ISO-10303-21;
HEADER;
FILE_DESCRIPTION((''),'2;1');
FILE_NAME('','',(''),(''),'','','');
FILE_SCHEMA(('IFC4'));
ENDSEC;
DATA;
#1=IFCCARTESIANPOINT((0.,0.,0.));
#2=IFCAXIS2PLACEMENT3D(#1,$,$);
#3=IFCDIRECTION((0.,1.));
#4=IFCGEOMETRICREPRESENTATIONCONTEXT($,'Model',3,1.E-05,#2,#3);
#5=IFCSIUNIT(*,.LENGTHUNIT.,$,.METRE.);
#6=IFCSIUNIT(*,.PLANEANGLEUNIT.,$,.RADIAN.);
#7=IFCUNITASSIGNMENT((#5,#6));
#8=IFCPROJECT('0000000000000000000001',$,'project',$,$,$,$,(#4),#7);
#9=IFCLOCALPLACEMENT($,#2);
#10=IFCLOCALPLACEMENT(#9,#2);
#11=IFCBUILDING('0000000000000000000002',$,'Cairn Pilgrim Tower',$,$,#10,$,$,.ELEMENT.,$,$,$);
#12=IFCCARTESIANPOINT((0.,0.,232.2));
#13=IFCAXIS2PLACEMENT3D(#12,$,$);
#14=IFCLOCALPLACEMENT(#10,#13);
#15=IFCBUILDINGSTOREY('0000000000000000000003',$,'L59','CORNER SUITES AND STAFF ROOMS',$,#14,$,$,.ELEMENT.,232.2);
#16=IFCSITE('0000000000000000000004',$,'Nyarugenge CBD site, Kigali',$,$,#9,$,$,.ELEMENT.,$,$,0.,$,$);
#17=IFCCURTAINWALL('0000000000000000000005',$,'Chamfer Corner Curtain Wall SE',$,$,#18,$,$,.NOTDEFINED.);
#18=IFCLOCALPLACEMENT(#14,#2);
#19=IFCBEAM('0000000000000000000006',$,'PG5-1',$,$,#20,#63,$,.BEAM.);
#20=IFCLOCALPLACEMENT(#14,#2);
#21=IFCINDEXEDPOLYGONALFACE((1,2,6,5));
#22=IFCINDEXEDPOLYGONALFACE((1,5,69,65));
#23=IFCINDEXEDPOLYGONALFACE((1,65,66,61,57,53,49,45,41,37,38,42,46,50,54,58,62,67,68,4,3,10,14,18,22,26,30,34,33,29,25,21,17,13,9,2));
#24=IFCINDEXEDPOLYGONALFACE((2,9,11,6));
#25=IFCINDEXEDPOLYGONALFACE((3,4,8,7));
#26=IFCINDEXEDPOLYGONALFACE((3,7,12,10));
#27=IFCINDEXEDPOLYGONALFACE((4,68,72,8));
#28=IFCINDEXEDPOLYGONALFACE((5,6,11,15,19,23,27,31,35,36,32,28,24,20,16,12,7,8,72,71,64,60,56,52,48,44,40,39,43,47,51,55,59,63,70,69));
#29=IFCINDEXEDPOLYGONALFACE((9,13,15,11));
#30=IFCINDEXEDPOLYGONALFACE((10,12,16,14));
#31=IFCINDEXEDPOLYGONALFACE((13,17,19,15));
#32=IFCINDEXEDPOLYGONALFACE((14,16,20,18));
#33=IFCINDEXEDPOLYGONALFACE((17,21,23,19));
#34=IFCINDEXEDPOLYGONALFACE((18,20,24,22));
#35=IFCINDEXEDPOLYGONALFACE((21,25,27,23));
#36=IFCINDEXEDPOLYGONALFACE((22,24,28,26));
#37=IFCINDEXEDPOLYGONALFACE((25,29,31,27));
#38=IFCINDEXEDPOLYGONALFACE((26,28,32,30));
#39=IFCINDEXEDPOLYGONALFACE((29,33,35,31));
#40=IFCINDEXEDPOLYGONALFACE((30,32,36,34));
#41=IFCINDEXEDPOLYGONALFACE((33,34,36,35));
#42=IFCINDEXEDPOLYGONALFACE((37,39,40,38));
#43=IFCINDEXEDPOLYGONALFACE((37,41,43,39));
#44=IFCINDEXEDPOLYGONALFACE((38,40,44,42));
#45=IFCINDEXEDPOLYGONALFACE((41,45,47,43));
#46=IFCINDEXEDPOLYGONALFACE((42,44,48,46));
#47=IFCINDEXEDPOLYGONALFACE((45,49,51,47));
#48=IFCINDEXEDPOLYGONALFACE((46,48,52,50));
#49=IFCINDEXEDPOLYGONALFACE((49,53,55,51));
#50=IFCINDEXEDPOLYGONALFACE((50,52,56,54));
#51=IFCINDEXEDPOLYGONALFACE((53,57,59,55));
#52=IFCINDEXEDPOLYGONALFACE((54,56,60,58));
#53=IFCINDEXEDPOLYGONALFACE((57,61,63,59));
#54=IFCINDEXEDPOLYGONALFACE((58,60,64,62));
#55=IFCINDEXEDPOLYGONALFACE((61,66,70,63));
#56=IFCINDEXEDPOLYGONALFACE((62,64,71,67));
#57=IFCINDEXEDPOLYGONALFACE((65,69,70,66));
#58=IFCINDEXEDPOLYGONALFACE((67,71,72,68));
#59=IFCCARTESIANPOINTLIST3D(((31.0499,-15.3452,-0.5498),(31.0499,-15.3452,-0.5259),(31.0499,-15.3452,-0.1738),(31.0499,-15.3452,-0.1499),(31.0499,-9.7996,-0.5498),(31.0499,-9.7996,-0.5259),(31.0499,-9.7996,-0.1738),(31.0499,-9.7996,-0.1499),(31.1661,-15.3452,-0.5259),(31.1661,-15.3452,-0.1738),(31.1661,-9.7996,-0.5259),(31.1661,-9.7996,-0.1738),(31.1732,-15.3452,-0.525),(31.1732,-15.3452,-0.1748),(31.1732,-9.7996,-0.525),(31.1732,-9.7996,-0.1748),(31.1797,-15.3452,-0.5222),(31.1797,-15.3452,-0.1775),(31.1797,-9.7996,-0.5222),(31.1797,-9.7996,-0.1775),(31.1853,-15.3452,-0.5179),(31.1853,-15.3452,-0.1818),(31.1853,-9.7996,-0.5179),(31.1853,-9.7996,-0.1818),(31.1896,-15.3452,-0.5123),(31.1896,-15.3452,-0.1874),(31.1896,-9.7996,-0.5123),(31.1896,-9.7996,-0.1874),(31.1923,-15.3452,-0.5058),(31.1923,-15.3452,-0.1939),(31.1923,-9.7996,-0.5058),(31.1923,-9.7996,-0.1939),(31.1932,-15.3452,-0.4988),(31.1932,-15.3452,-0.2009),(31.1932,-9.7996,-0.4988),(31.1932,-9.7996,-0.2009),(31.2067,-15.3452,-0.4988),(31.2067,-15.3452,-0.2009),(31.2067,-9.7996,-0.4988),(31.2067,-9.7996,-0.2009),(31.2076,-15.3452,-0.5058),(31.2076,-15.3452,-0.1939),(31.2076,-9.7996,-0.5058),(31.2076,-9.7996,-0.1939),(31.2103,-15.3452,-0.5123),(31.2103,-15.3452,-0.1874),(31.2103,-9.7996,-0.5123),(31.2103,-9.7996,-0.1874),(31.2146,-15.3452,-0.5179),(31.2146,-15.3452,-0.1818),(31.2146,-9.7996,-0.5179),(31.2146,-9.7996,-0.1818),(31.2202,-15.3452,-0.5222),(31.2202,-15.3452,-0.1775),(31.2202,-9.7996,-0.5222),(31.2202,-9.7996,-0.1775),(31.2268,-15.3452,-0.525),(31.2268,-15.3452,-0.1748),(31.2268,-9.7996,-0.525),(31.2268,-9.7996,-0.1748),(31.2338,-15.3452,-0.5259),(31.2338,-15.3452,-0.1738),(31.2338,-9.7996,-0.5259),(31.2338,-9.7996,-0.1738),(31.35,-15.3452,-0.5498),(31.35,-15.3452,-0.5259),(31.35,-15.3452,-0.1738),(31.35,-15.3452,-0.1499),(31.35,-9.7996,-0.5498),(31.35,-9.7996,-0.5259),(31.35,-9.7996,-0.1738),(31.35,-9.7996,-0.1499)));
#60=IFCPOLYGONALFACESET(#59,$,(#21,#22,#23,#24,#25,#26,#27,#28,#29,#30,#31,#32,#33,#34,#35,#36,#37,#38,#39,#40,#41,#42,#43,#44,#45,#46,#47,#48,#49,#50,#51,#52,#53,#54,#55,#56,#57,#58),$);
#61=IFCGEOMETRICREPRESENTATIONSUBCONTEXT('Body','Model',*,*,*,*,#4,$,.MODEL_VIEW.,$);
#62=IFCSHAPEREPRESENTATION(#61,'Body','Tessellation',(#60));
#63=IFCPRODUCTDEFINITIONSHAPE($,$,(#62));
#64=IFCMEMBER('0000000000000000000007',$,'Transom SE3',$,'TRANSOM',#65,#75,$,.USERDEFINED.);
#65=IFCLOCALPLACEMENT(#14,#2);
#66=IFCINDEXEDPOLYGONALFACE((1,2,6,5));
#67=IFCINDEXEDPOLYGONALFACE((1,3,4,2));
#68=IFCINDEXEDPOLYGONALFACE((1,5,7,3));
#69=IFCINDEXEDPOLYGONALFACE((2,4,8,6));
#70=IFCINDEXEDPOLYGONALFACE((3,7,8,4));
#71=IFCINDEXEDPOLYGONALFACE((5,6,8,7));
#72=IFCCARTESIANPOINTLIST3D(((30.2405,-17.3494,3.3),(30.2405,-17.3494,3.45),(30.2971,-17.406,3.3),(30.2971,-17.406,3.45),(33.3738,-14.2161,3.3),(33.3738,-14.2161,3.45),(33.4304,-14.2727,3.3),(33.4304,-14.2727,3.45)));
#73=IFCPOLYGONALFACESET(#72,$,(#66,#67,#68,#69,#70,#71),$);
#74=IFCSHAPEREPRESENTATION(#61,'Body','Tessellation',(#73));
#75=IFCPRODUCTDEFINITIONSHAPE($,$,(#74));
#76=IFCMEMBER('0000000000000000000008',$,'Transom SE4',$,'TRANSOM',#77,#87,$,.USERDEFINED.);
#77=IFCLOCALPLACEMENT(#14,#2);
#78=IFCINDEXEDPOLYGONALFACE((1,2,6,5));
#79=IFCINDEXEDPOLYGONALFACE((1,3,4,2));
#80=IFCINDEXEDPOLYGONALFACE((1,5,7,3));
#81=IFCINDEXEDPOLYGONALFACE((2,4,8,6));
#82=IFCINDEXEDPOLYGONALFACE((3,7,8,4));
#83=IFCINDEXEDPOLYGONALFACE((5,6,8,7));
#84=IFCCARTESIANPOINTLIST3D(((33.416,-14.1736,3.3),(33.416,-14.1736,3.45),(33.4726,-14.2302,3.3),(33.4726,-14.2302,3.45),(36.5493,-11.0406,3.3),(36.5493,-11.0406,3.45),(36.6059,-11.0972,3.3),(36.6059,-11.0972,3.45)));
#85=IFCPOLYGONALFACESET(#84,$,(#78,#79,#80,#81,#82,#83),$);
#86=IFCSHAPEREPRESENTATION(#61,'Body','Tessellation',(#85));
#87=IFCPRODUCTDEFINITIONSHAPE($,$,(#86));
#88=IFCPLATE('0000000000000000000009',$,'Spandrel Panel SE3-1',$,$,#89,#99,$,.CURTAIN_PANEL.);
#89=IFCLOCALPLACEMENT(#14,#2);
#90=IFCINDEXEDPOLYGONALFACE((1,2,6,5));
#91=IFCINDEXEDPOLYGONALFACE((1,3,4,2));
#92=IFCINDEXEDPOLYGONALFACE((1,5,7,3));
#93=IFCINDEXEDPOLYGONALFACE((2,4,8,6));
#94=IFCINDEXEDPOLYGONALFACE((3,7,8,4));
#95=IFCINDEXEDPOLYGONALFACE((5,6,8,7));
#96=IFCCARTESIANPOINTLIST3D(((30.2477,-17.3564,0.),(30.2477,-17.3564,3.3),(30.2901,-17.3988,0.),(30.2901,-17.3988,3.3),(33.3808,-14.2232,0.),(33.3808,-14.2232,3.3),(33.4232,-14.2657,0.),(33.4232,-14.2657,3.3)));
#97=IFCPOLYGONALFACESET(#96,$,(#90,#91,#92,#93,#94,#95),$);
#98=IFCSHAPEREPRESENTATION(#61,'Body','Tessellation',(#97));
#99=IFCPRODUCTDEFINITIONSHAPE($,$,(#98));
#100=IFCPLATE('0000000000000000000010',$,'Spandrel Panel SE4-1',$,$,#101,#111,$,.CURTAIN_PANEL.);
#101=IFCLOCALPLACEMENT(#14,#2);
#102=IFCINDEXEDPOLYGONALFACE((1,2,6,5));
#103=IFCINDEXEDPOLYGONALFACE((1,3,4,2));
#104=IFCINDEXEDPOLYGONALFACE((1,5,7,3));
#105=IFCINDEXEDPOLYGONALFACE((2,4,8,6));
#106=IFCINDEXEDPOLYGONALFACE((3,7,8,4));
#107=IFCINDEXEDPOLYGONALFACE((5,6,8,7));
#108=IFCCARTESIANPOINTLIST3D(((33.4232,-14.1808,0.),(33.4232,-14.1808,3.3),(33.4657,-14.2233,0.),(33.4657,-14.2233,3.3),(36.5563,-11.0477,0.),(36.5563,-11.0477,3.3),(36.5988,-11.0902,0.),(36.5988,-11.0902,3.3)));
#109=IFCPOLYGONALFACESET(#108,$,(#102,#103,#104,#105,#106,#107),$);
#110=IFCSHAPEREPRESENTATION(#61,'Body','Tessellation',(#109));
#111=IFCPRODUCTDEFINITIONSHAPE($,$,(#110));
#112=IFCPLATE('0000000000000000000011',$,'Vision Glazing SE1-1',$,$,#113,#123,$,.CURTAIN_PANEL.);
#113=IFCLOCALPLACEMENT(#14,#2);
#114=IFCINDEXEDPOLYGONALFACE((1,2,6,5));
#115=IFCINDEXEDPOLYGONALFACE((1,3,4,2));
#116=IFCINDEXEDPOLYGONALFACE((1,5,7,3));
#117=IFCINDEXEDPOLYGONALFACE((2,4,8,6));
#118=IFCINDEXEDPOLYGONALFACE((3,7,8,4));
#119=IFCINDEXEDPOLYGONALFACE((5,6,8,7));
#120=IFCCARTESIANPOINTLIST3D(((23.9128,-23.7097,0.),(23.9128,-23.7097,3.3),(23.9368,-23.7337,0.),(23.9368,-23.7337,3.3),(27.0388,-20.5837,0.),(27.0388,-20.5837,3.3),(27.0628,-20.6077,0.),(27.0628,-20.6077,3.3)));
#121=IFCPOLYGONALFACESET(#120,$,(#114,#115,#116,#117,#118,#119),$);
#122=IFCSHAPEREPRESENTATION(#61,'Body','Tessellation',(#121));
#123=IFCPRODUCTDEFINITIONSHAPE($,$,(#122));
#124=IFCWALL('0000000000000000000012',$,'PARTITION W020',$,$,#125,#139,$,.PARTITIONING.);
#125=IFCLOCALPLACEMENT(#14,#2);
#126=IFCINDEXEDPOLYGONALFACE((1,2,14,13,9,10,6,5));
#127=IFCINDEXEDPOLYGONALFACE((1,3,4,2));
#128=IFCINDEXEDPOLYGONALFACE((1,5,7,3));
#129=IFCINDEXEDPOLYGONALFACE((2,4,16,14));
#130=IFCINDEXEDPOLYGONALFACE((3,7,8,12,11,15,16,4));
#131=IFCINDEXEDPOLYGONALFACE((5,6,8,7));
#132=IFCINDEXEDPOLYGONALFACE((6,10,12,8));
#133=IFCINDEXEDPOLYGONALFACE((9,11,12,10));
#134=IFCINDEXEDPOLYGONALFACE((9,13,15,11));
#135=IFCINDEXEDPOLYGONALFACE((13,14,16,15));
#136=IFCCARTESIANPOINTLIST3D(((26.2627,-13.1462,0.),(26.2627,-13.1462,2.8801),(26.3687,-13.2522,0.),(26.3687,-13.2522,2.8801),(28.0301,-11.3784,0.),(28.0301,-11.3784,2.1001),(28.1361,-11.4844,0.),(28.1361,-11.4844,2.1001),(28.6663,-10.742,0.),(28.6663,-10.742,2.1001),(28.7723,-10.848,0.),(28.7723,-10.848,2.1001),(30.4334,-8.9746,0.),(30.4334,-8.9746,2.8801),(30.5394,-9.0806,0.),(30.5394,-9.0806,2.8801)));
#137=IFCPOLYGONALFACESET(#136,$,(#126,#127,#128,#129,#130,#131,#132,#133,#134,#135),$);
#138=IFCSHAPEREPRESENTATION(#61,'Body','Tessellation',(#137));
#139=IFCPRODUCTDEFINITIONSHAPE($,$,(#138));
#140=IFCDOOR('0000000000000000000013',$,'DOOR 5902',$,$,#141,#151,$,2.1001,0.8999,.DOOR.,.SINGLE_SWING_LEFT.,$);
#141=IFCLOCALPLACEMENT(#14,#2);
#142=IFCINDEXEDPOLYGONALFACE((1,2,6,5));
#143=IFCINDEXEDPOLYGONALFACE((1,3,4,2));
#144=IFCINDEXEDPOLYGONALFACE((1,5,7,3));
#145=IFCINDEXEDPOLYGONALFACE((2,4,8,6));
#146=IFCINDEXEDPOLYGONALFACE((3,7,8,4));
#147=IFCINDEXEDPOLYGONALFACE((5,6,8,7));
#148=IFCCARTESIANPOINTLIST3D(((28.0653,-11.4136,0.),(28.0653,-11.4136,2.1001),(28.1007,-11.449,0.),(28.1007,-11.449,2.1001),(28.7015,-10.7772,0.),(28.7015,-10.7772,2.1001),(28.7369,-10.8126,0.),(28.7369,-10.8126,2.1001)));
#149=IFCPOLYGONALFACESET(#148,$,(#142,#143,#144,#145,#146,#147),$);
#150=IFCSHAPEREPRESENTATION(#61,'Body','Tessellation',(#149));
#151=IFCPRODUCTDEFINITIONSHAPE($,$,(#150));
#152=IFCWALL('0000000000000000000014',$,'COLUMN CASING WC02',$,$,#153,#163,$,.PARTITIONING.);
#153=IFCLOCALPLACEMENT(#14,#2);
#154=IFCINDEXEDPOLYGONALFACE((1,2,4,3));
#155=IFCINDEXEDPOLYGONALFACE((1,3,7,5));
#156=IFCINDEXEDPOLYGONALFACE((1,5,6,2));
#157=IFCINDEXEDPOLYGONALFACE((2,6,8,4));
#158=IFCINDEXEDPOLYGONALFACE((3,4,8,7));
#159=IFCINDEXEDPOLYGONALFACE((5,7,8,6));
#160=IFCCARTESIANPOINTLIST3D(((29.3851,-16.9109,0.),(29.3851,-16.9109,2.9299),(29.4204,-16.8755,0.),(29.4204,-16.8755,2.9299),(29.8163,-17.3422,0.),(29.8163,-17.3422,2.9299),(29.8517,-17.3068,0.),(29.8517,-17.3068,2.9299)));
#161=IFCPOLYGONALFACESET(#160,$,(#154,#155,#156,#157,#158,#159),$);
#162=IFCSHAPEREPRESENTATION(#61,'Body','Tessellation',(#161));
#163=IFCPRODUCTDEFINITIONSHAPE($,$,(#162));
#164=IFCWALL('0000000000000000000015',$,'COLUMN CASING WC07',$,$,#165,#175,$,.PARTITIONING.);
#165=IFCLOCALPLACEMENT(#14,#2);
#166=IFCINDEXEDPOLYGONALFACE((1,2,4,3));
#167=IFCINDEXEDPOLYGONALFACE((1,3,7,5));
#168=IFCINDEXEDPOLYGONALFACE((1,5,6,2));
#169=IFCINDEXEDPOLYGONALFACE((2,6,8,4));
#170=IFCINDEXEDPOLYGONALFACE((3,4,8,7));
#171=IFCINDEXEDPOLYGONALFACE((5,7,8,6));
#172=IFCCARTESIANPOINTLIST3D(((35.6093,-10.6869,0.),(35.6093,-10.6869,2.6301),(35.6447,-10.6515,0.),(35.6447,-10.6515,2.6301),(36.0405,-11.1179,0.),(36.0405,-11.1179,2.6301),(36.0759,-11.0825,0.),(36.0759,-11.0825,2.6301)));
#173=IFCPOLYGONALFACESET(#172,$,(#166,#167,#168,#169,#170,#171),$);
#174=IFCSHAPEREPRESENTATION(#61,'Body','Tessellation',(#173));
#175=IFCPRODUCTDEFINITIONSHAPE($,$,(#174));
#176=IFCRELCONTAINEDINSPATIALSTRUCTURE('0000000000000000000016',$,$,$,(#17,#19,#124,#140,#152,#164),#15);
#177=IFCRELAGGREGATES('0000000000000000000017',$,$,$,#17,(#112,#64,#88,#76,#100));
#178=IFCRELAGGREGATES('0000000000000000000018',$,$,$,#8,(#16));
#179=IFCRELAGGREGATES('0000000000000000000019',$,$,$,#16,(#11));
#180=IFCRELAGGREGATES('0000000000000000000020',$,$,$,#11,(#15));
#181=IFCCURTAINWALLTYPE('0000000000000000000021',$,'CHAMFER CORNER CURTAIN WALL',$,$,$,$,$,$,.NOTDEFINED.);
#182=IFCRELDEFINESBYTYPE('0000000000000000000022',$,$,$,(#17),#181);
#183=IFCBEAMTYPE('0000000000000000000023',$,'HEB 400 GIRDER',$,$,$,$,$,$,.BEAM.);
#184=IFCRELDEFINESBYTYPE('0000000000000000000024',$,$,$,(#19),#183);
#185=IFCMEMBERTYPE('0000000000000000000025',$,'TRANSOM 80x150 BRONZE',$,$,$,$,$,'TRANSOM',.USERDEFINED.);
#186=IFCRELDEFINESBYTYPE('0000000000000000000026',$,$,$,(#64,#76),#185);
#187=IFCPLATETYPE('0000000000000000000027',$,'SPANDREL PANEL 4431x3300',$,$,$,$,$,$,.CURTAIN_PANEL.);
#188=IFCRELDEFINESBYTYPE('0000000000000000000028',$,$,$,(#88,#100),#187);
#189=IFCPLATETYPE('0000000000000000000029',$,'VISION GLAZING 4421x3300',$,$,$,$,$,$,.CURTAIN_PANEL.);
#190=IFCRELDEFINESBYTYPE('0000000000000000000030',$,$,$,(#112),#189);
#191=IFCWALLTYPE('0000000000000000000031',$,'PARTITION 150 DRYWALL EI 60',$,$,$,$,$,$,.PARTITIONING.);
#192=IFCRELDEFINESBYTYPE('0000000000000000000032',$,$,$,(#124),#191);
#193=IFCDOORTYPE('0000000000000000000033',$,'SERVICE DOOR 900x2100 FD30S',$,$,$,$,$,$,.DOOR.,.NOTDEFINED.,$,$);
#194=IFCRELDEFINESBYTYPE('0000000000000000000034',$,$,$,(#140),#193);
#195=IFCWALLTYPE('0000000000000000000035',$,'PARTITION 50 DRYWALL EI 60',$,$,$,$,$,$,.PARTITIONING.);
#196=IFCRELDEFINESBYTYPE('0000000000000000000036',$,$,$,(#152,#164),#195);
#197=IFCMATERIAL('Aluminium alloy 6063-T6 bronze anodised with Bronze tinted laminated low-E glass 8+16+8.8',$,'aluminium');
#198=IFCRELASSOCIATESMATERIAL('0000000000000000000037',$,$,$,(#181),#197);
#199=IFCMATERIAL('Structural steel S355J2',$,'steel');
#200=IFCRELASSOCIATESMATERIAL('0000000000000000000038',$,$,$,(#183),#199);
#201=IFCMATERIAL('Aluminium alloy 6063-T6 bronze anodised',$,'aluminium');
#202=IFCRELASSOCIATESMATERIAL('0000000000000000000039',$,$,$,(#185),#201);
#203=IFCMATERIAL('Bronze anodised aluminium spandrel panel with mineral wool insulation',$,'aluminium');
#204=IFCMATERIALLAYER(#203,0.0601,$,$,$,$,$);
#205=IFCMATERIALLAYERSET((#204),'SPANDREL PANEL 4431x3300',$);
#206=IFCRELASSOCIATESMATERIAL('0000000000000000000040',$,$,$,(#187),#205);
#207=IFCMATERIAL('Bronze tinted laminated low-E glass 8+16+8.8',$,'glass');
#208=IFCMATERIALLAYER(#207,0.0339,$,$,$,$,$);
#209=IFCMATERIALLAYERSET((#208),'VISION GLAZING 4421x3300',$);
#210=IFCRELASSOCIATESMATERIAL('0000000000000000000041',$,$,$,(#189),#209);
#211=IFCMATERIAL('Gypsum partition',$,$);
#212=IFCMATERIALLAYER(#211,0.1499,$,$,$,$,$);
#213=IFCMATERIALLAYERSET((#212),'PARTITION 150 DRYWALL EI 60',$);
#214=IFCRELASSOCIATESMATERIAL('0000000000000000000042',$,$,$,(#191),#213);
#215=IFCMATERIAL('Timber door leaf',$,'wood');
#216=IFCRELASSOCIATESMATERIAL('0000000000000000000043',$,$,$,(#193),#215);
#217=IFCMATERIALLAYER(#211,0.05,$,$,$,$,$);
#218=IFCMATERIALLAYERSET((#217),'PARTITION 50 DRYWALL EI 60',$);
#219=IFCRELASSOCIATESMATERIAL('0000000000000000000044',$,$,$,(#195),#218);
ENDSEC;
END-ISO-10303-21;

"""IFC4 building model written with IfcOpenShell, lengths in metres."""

from ifc_helpers import new_model, si_unit, direction, frame, frame_2d, origin, origin_2d, place, context, subcontext, project, spatial, rectangle, i_section, extrude, material, layer, layer_set, material_profile, profile_set, type_object, element, fill, aggregate, save


model = new_model("IFC4")

# Units and contexts
model_context = context("Model", 3, precision=1e-05, world=origin(), true_north=direction((0.0, 1.0)))
body_context = subcontext(model_context, "Body", "Model", "MODEL_VIEW")
ifc_project = project(units=[si_unit("LENGTHUNIT", "METRE"), si_unit("PLANEANGLEUNIT", "RADIAN")], contexts=[model_context])

# Site, building, storey
site_placement = place(None, origin())
site = spatial("IfcSite", under=ifc_project, at=site_placement, Name="Nyarugenge CBD site, Kigali", CompositionType="ELEMENT", RefElevation=0.0)
building_placement = place(site_placement, origin())
building = spatial("IfcBuilding", under=site, at=building_placement, Name="Cairn Pilgrim Tower", CompositionType="ELEMENT")
storey_placement = place(building_placement, frame((0.0, 0.0, 232.2)))
storey = spatial("IfcBuildingStorey", under=building, at=storey_placement, Name="L59", Description="CORNER SUITES AND STAFF ROOMS", CompositionType="ELEMENT", Elevation=232.2)

# Shared definitions
ifc_material_1 = material(Name="Structural steel S355J2", Category="steel")

# Curtain wall
ifc_material_2 = material(Name="Aluminium alloy 6063-T6 bronze anodised with Bronze tinted laminated low-E glass 8+16+8.8", Category="aluminium")
curtain_wall_type = type_object("IfcCurtainWallType", Name="CHAMFER CORNER CURTAIN WALL", PredefinedType="NOTDEFINED", material=ifc_material_2)
curtain_wall_placement = place(storey_placement, origin())
curtain_wall = element("IfcCurtainWall", 1, at=curtain_wall_placement, inside=storey, type_object=curtain_wall_type, Name="Chamfer Corner Curtain Wall SE", PredefinedType="NOTDEFINED")
ifc_material_3 = material(Name="Aluminium alloy 6063-T6 bronze anodised", Category="aluminium")

# Beam
ifc_material_profile_1 = material_profile(ifc_material_1, i_section(OverallWidth=0.3, OverallDepth=0.3999, WebThickness=0.0134, FlangeThickness=0.0239, FilletRadius=0.0271, at=origin_2d()), Name="HEB 400")
ifc_profile_set_1 = profile_set([ifc_material_profile_1], Name="Structural steel S355J2")
beam_type_1 = type_object("IfcBeamType", Name="HEB 400 GIRDER", PredefinedType="BEAM", material=ifc_profile_set_1)
beam_1_placement = place(storey_placement, frame((31.2, -15.3452, -0.3499), z_axis=(0.0, 1.0, 0.0), x_axis=(-1.0, 0.0, 0.0)))
element("IfcBeam", 2, at=beam_1_placement, inside=storey, type_object=beam_type_1, Name="PG5-1", PredefinedType="BEAM", context=body_context, shape_type="SweptSolid", body=[
    extrude(i_section(OverallWidth=0.3, OverallDepth=0.3999, WebThickness=0.0134, FlangeThickness=0.0239, FilletRadius=0.0271, at=origin_2d()), origin(), (0.0, 0.0, 1.0), 5.5457),
])

# Members
ifc_material_profile_2 = material_profile(ifc_material_3, rectangle(XDim=0.0801, YDim=0.1499, at=origin_2d()), Name="TRANSOM 80x150 BRONZE")
ifc_profile_set_2 = profile_set([ifc_material_profile_2], Name="Aluminium alloy 6063-T6 bronze anodised")
member_type_1 = type_object("IfcMemberType", Name="TRANSOM 80x150 BRONZE", ElementType="TRANSOM", PredefinedType="USERDEFINED", material=ifc_profile_set_2)
member_1_placement = place(storey_placement, frame((30.2688, -17.3777, 3.375), z_axis=(0.707107, 0.707107, 0.0), x_axis=(-0.707107, 0.707107, 0.0)))
member_1 = element("IfcMember", 3, at=member_1_placement, type_object=member_type_1, Name="Transom SE3", ObjectType="TRANSOM", PredefinedType="USERDEFINED", context=body_context, shape_type="SweptSolid", body=[
    extrude(rectangle(XDim=0.0801, YDim=0.1499, at=origin_2d()), origin(), (0.0, 0.0, 1.0), 4.4312),
])
member_2_placement = place(storey_placement, frame((33.4443, -14.2019, 3.375), z_axis=(0.707134, 0.707079, 0.0), x_axis=(-0.707079, 0.707134, 0.0)))
member_2 = element("IfcMember", 4, at=member_2_placement, type_object=member_type_1, Name="Transom SE4", ObjectType="TRANSOM", PredefinedType="USERDEFINED", context=body_context, shape_type="SweptSolid", body=[
    extrude(rectangle(XDim=0.0801, YDim=0.1499, at=origin_2d()), origin(), (0.0, 0.0, 1.0), 4.4309),
])

# Plates
ifc_material_4 = material(Name="Bronze anodised aluminium spandrel panel with mineral wool insulation", Category="aluminium")
ifc_layer_1 = layer(ifc_material_4, 0.0601)
ifc_layer_set_1 = layer_set([ifc_layer_1], Name="SPANDREL PANEL 4431x3300")
plate_type_1 = type_object("IfcPlateType", Name="SPANDREL PANEL 4431x3300", PredefinedType="CURTAIN_PANEL", material=ifc_layer_set_1)
plate_1_placement = place(storey_placement, frame((31.8354, -15.811, 0.0), z_axis=(0.0, 0.0, 1.0), x_axis=(0.707107, 0.707107, 0.0)))
plate_1 = element("IfcPlate", 5, at=plate_1_placement, type_object=plate_type_1, Name="Spandrel Panel SE3-1", PredefinedType="CURTAIN_PANEL", context=body_context, shape_type="SweptSolid", body=[
    extrude(rectangle(XDim=4.4309, YDim=0.0601, at=origin_2d()), origin(), (0.0, 0.0, 1.0), 3.3),
])
plate_2_placement = place(storey_placement, frame((35.011, -12.6355, 0.0), z_axis=(0.0, 0.0, 1.0), x_axis=(0.707107, 0.707107, 0.0)))
plate_2 = element("IfcPlate", 6, at=plate_2_placement, type_object=plate_type_1, Name="Spandrel Panel SE4-1", PredefinedType="CURTAIN_PANEL", context=body_context, shape_type="SweptSolid", body=[
    extrude(rectangle(XDim=4.4309, YDim=0.0601, at=origin_2d()), origin(), (0.0, 0.0, 1.0), 3.3),
])
ifc_material_5 = material(Name="Bronze tinted laminated low-E glass 8+16+8.8", Category="glass")
ifc_layer_2 = layer(ifc_material_5, 0.0339)
ifc_layer_set_2 = layer_set([ifc_layer_2], Name="VISION GLAZING 4421x3300")
plate_type_2 = type_object("IfcPlateType", Name="VISION GLAZING 4421x3300", PredefinedType="CURTAIN_PANEL", material=ifc_layer_set_2)
plate_3_placement = place(storey_placement, frame((25.4878, -22.1587, 0.0), z_axis=(0.0, 0.0, 1.0), x_axis=(0.707107, 0.707107, 0.0)))
plate_3 = element("IfcPlate", 7, at=plate_3_placement, type_object=plate_type_2, Name="Vision Glazing SE1-1", PredefinedType="CURTAIN_PANEL", context=body_context, shape_type="SweptSolid", body=[
    extrude(rectangle(XDim=4.4209, YDim=0.0339, at=origin_2d()), origin(), (0.0, 0.0, 1.0), 3.3),
])
aggregate(curtain_wall, [plate_3, member_1, plate_1, member_2, plate_2])

# Wall, opening, door
ifc_material_6 = material(Name="Gypsum partition")
ifc_layer_3 = layer(ifc_material_6, 0.1499)
ifc_layer_set_3 = layer_set([ifc_layer_3], Name="PARTITION 150 DRYWALL EI 60")
wall_type_1 = type_object("IfcWallType", Name="PARTITION 150 DRYWALL EI 60", PredefinedType="PARTITIONING", material=ifc_layer_set_3)
wall_1_placement = place(storey_placement, frame((26.3157, -13.1992, 0.0), z_axis=(0.0, 0.0, 1.0), x_axis=(0.707024, 0.70719, 0.0)))
wall_1 = element("IfcWall", 8, at=wall_1_placement, inside=storey, type_object=wall_type_1, Name="PARTITION W020", PredefinedType="PARTITIONING", context=body_context, shape_type="SweptSolid", body=[
    extrude(rectangle(XDim=5.8989, YDim=0.1499, at=frame_2d((2.9495, 0.0))), origin(), (0.0, 0.0, 1.0), 2.8801),
])
opening_1_placement = place(wall_1_placement, frame((2.4998, 0.0, 0.0)))
opening_1 = element("IfcOpeningElement", 9, at=opening_1_placement, cuts=wall_1, PredefinedType="OPENING", context=body_context, shape_type="SweptSolid", body=[
    extrude(rectangle(XDim=0.8999, YDim=2.1001, at=frame_2d((0.45, 1.05))), frame((0.0, 0.085, 0.0), z_axis=(0.0, -1.0, 0.0), x_axis=(1.0, 0.0, 0.0)), (0.0, 0.0, 1.0), 0.1699),
])
ifc_material_7 = material(Name="Timber door leaf", Category="wood")
door_type_1 = type_object("IfcDoorType", Name="SERVICE DOOR 900x2100 FD30S", OperationType="NOTDEFINED", PredefinedType="DOOR", material=ifc_material_7)
door_1_placement = place(opening_1_placement, frame((0.8999, 0.0, 0.0), z_axis=(0.0, 0.0, 1.0), x_axis=(-1.0, 0.0, 0.0)))
door_1 = element("IfcDoor", 10, at=door_1_placement, inside=storey, type_object=door_type_1, Name="DOOR 5902", OperationType="SINGLE_SWING_LEFT", OverallHeight=2.1001, OverallWidth=0.8999, PredefinedType="DOOR", context=body_context, shape_type="SweptSolid", body=[
    extrude(rectangle(XDim=0.8999, YDim=2.1001, at=frame_2d((0.45, 1.05))), frame((0.0, 0.0249, 0.0), z_axis=(0.0, -1.0, 0.0), x_axis=(1.0, 0.0, 0.0)), (0.0, 0.0, 1.0), 0.05),
])
fill(opening_1, door_1)

# Walls
ifc_layer_4 = layer(ifc_material_6, 0.05)
ifc_layer_set_4 = layer_set([ifc_layer_4], Name="PARTITION 50 DRYWALL EI 60")
wall_type_2 = type_object("IfcWallType", Name="PARTITION 50 DRYWALL EI 60", PredefinedType="PARTITIONING", material=ifc_layer_set_4)
wall_2_placement = place(storey_placement, frame((29.834, -17.3245, 0.0), z_axis=(0.0, 0.0, 1.0), x_axis=(-0.707107, 0.707107, 0.0)))
element("IfcWall", 11, at=wall_2_placement, inside=storey, type_object=wall_type_2, Name="COLUMN CASING WC02", PredefinedType="PARTITIONING", context=body_context, shape_type="SweptSolid", body=[
    extrude(rectangle(XDim=0.6099, YDim=0.05, at=frame_2d((0.3049, 0.0))), origin(), (0.0, 0.0, 1.0), 2.9299),
])
wall_3_placement = place(storey_placement, frame((36.0581, -11.1001, 0.0), z_axis=(0.0, 0.0, 1.0), x_axis=(-0.707307, 0.706906, 0.0)))
element("IfcWall", 12, at=wall_3_placement, inside=storey, type_object=wall_type_2, Name="COLUMN CASING WC07", PredefinedType="PARTITIONING", context=body_context, shape_type="SweptSolid", body=[
    extrude(rectangle(XDim=0.6096, YDim=0.05, at=frame_2d((0.3047, 0.0))), origin(), (0.0, 0.0, 1.0), 2.6301),
])

save(model, "model.ifc")
